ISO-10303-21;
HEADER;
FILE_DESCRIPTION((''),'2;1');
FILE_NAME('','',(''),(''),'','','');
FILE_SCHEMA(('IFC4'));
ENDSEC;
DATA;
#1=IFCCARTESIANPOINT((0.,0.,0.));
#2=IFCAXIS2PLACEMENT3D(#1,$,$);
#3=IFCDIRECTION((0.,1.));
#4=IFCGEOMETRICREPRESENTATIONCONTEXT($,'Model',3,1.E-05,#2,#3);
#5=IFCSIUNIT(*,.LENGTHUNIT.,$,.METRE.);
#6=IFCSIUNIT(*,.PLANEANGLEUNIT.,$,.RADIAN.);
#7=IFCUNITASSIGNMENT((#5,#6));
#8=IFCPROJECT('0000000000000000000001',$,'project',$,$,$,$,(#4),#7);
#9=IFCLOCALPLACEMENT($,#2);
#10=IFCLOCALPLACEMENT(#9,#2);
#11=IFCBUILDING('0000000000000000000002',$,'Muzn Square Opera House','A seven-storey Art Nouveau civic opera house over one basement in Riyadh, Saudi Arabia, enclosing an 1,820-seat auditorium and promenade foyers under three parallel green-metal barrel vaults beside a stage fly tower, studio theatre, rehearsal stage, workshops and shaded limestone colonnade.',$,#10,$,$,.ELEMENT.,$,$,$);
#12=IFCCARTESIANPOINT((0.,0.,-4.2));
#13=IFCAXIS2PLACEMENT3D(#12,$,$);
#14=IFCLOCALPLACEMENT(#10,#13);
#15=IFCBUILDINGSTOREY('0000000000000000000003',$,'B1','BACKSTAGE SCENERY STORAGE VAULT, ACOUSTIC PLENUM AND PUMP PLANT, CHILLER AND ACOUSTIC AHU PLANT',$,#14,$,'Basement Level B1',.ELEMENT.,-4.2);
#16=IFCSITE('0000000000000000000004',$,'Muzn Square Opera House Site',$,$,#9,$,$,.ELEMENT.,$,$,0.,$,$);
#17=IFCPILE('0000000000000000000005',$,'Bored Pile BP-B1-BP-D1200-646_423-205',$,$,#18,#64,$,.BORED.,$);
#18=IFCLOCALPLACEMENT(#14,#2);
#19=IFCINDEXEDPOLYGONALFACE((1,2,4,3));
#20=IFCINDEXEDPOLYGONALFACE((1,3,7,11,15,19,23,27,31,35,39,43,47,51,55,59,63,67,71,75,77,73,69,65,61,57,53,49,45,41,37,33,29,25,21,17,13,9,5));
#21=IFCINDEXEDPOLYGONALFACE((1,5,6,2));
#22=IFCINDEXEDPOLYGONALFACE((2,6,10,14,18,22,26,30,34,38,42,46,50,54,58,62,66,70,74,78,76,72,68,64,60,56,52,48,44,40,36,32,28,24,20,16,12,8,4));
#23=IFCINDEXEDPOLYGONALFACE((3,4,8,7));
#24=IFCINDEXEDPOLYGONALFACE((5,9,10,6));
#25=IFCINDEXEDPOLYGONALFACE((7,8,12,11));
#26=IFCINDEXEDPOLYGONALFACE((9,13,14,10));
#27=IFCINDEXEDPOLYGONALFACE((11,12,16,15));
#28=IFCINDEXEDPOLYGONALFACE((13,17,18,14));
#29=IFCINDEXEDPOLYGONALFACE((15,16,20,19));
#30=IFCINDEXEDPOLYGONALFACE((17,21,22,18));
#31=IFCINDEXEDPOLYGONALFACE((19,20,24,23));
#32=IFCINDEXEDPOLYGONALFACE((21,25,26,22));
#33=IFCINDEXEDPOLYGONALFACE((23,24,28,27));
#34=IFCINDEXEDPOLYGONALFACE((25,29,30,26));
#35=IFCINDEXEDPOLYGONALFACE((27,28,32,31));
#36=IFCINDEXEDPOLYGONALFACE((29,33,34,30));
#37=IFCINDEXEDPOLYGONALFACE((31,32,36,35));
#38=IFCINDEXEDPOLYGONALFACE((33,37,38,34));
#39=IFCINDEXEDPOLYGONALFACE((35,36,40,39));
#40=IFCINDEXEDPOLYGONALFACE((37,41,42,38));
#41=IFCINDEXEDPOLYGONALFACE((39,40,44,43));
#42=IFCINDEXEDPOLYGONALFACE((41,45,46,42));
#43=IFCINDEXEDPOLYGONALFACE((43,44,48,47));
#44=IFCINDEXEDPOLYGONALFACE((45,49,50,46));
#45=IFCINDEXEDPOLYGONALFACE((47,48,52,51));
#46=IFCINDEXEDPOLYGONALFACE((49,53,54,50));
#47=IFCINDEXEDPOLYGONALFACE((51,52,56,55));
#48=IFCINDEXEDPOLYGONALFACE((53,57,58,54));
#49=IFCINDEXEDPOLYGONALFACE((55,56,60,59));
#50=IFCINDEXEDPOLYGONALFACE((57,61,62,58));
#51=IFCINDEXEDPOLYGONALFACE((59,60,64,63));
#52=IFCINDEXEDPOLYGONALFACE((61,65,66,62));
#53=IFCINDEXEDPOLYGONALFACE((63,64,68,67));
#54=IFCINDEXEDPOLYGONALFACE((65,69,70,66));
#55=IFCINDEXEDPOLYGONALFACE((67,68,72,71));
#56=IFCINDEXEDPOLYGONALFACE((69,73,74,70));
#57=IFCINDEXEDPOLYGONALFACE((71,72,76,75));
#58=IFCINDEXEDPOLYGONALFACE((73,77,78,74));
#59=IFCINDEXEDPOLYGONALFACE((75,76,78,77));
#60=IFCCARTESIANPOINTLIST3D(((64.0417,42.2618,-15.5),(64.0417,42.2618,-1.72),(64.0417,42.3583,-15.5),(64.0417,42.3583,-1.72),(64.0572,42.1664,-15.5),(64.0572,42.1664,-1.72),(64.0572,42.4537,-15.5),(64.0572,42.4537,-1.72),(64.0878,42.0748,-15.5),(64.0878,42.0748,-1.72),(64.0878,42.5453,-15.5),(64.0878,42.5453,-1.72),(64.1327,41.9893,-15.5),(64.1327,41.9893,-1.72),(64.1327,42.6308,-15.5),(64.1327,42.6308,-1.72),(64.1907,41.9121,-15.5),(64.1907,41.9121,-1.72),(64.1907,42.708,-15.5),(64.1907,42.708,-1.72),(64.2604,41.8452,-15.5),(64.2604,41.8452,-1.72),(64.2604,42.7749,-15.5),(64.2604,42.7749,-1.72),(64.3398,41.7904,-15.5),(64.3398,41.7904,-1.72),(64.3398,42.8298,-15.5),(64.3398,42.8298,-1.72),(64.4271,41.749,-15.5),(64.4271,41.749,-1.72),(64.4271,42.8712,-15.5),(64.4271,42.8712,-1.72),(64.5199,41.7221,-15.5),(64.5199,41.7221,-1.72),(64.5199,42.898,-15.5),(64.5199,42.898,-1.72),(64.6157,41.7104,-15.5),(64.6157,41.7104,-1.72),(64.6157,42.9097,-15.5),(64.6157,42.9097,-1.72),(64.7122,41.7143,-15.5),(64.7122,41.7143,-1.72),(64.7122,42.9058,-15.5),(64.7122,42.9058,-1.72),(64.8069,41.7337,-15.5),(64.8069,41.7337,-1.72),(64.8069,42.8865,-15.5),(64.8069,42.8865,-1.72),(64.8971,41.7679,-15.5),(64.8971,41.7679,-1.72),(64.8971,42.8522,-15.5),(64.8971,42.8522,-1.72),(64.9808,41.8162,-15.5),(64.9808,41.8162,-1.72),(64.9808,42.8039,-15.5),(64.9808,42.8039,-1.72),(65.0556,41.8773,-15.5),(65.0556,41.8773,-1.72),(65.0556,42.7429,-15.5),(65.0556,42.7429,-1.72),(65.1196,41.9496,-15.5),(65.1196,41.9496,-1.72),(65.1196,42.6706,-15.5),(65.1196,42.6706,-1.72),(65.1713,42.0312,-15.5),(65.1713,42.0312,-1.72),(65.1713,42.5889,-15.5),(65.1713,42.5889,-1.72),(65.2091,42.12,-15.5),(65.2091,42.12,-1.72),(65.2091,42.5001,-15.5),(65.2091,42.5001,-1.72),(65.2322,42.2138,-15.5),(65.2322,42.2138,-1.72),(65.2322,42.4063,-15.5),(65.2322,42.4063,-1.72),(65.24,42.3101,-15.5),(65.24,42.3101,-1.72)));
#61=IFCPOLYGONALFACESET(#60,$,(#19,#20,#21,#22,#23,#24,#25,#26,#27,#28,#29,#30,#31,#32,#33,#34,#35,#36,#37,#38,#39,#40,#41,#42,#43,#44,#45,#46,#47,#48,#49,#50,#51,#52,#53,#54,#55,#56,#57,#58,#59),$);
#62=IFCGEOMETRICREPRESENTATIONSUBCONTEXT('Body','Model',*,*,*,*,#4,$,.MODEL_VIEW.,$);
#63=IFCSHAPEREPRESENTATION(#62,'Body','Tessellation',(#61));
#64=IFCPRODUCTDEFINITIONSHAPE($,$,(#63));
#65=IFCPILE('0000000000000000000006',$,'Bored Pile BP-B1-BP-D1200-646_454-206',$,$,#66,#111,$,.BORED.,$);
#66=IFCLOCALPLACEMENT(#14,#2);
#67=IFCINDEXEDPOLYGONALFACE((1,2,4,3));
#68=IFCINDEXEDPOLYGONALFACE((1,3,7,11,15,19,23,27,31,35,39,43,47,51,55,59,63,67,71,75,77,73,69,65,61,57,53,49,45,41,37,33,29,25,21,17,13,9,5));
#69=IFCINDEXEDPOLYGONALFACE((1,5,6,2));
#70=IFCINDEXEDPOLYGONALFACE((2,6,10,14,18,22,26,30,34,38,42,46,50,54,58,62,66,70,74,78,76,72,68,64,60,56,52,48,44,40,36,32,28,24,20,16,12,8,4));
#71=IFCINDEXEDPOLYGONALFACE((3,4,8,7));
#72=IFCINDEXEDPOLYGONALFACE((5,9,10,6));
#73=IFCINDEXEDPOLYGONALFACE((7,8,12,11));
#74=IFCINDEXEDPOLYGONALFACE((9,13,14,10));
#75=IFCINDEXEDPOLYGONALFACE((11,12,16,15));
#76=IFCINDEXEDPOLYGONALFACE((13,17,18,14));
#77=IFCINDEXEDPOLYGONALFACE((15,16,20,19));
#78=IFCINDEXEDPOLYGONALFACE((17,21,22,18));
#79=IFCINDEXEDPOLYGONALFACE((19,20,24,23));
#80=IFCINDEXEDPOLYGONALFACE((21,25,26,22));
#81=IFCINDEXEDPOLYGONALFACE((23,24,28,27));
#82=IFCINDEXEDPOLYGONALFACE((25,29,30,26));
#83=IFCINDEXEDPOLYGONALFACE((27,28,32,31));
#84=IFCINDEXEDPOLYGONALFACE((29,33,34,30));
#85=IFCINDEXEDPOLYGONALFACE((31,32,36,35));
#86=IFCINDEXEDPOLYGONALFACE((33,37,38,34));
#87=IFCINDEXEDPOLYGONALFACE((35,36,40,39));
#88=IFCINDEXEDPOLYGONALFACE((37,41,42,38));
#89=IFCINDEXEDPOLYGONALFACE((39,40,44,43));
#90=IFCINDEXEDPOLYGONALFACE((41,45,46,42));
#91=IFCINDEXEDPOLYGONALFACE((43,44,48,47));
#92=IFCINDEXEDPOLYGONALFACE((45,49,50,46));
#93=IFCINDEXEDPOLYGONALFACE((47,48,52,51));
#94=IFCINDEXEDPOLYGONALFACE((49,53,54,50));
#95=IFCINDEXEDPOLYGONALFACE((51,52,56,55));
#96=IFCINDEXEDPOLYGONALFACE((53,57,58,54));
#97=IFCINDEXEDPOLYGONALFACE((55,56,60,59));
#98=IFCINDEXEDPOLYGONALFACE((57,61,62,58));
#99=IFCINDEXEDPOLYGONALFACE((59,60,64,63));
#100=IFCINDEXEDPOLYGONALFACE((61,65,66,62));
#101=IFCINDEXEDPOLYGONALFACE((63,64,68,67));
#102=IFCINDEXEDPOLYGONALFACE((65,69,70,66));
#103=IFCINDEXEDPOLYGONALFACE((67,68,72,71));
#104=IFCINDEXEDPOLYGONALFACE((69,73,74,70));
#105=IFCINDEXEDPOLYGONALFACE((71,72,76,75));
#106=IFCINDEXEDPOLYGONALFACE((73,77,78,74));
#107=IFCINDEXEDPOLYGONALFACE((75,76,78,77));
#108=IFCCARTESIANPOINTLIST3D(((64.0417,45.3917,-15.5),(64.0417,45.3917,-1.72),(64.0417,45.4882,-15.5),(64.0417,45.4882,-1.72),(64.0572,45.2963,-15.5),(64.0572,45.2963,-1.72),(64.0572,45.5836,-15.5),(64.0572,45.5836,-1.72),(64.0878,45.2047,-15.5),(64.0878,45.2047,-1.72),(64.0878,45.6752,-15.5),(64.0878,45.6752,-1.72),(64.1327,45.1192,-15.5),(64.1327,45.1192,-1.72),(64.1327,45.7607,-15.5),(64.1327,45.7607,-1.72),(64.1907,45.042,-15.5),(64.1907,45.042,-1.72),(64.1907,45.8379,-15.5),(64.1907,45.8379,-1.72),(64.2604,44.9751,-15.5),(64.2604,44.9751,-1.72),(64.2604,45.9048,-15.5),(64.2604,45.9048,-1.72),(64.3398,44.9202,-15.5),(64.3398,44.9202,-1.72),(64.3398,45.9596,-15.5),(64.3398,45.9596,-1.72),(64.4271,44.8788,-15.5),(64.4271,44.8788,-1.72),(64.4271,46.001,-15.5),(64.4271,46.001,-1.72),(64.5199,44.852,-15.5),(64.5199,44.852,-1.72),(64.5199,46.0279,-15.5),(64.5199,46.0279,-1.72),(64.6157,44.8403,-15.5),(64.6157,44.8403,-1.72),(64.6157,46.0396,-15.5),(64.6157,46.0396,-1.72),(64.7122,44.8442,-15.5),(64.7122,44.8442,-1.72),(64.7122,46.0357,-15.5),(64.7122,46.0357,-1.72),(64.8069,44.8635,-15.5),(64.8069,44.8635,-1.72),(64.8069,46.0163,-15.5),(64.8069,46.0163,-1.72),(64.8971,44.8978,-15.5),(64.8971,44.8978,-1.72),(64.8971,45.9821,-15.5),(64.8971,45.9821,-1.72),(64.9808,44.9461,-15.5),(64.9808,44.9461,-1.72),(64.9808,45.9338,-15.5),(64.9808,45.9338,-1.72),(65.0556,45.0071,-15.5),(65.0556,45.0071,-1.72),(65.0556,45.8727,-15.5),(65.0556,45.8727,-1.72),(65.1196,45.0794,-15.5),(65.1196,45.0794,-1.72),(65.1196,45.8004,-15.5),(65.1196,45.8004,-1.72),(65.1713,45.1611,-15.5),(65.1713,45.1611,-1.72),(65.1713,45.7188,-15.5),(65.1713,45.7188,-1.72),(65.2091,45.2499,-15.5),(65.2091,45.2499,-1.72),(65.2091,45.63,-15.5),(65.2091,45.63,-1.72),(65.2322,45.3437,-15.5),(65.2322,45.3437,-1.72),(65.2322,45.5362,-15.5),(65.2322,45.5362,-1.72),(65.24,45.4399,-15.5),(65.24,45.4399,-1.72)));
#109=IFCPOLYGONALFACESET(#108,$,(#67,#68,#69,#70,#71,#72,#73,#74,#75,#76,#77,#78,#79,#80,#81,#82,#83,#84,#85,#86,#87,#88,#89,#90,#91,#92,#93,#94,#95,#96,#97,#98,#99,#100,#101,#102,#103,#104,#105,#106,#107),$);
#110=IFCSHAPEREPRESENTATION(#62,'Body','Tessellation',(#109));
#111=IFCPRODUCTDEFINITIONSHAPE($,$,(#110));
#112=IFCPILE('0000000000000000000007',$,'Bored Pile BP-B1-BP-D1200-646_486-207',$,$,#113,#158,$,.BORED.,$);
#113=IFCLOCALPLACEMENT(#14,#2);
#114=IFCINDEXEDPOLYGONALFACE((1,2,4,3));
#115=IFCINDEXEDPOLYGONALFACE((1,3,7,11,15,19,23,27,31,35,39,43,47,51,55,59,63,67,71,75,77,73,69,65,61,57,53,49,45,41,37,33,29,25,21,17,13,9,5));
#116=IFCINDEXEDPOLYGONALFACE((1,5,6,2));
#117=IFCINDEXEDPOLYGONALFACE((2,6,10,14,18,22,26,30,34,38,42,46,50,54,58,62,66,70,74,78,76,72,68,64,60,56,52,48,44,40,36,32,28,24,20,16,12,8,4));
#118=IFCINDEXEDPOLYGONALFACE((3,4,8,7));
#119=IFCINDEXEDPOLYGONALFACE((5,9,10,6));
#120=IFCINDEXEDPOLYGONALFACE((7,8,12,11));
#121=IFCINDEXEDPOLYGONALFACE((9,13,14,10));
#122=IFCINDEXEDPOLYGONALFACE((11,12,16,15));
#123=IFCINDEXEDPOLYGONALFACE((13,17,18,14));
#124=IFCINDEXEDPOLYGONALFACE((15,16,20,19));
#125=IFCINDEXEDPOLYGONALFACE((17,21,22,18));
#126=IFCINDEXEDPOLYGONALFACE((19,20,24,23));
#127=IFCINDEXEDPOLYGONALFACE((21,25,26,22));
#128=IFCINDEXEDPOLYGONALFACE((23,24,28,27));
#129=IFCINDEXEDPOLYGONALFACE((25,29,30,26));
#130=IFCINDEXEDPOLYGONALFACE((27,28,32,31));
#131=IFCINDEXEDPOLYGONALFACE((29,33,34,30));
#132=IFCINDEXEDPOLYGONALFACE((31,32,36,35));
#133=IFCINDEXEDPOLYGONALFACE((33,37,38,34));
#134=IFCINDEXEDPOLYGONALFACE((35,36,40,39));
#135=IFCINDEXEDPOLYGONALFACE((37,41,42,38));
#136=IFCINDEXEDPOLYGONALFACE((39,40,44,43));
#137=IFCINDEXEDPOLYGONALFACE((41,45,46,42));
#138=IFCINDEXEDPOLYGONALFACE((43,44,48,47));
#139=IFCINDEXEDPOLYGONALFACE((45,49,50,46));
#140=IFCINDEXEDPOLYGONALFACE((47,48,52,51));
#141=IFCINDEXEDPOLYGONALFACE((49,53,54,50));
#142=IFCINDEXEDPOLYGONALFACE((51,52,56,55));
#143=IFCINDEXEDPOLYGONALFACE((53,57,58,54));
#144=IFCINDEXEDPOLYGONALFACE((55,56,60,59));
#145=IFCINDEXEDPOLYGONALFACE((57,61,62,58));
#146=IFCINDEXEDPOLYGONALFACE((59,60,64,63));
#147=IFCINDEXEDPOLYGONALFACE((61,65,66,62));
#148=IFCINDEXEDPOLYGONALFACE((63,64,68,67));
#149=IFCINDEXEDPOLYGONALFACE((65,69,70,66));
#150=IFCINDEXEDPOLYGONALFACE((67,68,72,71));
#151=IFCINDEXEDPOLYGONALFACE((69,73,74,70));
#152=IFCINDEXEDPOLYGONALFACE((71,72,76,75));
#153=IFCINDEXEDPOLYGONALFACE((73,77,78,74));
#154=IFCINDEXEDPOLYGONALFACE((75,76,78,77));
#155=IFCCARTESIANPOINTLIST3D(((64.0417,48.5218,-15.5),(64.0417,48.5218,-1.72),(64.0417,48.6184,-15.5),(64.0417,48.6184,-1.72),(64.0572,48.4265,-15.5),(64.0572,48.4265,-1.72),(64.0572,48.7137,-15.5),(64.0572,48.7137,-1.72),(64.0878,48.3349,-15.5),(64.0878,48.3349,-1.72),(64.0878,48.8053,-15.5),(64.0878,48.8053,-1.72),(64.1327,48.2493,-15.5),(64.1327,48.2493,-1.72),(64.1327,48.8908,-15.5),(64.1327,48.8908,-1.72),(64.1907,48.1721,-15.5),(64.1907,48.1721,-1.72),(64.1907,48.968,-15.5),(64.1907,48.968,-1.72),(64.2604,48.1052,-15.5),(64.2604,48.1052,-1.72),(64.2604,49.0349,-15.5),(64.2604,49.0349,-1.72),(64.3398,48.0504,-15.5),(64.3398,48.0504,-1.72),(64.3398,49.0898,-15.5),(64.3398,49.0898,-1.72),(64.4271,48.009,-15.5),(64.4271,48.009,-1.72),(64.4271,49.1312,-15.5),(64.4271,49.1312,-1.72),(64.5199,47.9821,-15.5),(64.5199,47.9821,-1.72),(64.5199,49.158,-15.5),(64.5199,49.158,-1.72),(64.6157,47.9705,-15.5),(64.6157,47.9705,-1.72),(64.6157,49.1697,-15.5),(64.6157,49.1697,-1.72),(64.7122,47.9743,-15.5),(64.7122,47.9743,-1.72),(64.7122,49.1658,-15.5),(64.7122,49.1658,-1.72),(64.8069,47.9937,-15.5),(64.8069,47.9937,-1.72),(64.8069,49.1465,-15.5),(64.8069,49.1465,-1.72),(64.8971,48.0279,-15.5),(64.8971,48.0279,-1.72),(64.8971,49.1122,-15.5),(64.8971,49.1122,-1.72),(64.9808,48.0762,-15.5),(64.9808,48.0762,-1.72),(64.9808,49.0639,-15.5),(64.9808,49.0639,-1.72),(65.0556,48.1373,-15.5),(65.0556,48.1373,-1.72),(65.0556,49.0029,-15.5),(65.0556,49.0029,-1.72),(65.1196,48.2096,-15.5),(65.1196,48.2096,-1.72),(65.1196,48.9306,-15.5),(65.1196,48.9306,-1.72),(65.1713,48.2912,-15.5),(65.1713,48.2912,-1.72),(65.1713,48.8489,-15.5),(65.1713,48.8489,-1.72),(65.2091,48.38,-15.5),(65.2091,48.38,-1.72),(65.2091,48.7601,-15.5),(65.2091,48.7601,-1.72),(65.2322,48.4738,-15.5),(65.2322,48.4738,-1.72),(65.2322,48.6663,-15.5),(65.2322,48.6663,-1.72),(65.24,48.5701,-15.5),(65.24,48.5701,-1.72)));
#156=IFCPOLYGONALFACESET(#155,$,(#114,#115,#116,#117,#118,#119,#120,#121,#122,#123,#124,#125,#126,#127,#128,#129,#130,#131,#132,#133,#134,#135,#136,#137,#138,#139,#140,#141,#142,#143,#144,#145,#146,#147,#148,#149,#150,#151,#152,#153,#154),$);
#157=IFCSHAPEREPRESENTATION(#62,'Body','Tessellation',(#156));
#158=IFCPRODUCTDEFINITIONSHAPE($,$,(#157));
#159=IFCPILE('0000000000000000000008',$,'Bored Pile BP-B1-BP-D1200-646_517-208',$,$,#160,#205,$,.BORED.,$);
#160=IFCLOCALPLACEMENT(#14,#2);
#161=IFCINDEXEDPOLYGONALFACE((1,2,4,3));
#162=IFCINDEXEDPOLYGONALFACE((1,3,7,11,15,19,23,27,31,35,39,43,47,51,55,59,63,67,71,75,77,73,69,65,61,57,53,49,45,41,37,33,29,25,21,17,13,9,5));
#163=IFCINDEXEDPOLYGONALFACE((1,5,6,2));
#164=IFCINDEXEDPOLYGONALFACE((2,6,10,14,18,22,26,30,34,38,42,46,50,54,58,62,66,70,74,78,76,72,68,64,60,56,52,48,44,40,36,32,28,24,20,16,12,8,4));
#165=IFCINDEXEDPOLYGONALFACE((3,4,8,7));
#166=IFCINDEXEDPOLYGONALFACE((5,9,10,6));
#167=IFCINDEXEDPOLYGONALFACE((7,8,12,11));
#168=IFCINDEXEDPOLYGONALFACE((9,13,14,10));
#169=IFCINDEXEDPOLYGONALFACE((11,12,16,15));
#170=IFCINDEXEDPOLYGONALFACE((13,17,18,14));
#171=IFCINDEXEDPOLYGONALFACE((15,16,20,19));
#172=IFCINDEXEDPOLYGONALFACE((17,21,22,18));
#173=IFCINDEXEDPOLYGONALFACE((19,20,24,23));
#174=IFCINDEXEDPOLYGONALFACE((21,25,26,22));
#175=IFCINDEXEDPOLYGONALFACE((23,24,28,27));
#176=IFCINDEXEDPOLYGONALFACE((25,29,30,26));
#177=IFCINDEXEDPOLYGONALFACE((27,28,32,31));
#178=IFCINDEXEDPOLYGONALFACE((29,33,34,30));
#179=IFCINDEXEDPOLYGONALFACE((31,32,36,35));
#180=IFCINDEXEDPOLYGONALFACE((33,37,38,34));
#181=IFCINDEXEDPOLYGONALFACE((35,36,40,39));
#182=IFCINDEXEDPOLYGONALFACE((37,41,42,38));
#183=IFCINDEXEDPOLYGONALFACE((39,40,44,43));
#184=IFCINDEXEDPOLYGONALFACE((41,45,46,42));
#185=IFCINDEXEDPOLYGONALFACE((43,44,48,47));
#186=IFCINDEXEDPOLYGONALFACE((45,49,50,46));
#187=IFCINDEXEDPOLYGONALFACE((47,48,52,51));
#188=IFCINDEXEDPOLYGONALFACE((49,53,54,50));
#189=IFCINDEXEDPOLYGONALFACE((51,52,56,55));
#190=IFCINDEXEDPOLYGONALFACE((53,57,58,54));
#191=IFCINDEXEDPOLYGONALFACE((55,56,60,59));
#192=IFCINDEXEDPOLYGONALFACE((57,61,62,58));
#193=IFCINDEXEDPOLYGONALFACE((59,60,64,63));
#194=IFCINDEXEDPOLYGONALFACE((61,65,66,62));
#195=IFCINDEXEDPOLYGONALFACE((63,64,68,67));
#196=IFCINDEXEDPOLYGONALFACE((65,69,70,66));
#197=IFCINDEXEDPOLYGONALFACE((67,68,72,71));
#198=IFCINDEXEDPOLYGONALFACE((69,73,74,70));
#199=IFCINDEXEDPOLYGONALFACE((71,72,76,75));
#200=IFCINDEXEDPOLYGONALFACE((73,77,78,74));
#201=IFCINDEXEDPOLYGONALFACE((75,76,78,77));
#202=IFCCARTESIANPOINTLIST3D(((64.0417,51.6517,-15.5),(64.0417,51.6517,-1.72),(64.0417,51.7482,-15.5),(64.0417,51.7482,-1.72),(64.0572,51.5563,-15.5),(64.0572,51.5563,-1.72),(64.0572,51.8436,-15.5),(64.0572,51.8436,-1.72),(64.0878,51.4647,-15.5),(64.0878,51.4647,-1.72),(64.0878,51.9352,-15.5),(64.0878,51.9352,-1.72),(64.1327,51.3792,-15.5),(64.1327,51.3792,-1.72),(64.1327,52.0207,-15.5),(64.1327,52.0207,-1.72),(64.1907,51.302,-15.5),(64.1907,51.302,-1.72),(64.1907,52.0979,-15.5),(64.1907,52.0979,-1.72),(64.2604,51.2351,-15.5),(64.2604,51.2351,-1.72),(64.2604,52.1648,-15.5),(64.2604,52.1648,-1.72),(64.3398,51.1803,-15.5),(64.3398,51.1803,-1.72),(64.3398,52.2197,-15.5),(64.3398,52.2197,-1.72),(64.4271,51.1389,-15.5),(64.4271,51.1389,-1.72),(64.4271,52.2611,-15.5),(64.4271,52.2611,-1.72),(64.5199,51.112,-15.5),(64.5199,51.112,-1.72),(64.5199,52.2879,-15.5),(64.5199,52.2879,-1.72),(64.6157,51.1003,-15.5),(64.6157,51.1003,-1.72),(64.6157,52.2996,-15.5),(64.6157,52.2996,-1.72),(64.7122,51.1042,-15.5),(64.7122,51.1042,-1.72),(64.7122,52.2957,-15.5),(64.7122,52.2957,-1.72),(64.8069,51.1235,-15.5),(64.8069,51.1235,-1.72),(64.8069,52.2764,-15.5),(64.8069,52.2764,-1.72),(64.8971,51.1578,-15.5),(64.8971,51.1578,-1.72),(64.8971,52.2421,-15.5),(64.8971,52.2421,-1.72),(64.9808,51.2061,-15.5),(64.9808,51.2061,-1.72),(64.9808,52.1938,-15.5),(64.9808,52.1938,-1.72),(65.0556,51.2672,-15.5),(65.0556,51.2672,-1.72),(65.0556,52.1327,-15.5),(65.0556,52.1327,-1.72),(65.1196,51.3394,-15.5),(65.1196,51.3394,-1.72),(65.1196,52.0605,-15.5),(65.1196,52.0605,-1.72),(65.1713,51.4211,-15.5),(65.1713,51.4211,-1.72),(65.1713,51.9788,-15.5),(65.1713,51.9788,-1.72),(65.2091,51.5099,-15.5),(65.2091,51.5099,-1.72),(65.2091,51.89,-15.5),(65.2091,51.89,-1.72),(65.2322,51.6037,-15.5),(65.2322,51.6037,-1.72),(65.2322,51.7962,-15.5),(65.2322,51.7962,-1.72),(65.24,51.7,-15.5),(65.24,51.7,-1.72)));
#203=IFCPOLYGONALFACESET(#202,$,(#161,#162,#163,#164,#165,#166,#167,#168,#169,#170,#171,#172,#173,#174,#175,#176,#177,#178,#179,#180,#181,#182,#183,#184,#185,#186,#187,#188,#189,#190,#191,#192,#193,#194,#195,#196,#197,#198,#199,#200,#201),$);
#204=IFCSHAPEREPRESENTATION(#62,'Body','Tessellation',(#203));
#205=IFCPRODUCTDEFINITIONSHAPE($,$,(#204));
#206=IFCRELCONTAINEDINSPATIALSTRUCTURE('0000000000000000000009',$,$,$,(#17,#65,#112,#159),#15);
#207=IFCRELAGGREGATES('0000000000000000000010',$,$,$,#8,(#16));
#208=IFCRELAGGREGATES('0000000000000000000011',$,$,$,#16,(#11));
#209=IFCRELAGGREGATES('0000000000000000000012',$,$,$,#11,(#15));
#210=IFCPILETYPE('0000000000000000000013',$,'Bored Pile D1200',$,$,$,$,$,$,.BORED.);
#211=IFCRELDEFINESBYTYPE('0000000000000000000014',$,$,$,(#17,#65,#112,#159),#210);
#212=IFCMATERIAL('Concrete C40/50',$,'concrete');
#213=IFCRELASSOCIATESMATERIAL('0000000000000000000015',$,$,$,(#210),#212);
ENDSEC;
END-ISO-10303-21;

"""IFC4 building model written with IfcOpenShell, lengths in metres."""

from ifc_helpers import new_model, si_unit, direction, frame, origin, origin_2d, place, context, subcontext, project, spatial, circle, extrude, material, material_profile, profile_set, type_object, element, save


model = new_model("IFC4")

# Units and contexts
model_context = context("Model", 3, precision=1e-05, world=origin(), true_north=direction((0.0, 1.0)))
body_context = subcontext(model_context, "Body", "Model", "MODEL_VIEW")
ifc_project = project(units=[si_unit("LENGTHUNIT", "METRE"), si_unit("PLANEANGLEUNIT", "RADIAN")], contexts=[model_context])

# Site, building, storey
site_placement = place(None, origin())
site = spatial("IfcSite", under=ifc_project, at=site_placement, Name="Muzn Square Opera House Site", CompositionType="ELEMENT", RefElevation=0.0)
building_placement = place(site_placement, origin())
building = spatial("IfcBuilding", under=site, at=building_placement, Name="Muzn Square Opera House", Description="A seven-storey Art Nouveau civic opera house over one basement in Riyadh, Saudi Arabia, enclosing an 1,820-seat auditorium and promenade foyers under three parallel green-metal barrel vaults beside a stage fly tower, studio theatre, rehearsal stage, workshops and shaded limestone colonnade.", CompositionType="ELEMENT")
storey_placement = place(building_placement, frame((0.0, 0.0, -4.2)))
storey = spatial("IfcBuildingStorey", under=building, at=storey_placement, Name="B1", Description="BACKSTAGE SCENERY STORAGE VAULT, ACOUSTIC PLENUM AND PUMP PLANT, CHILLER AND ACOUSTIC AHU PLANT", LongName="Basement Level B1", CompositionType="ELEMENT", Elevation=-4.2)

# Piles
ifc_material_1 = material(Name="Concrete C40/50", Category="concrete")
ifc_material_profile = material_profile(ifc_material_1, circle(Radius=0.6001, at=origin_2d()), Name="BORED PILE D1200", Category="concrete")
ifc_profile_set = profile_set([ifc_material_profile], Name="Concrete C40/50")
pile_type = type_object("IfcPileType", Name="Bored Pile D1200", PredefinedType="BORED", material=ifc_profile_set)
for number, where, z_axis, x_axis, name in (
    (1, (64.6399, 42.3101, -1.72), (0.0, 0.0, -1.0), (1.0, 0.0, 0.0), "Bored Pile BP-B1-BP-D1200-646_423-205"),
    (2, (64.6399, 45.4399, -1.72), (0.0, 0.0, -1.0), (1.0, 0.0, 0.0), "Bored Pile BP-B1-BP-D1200-646_454-206"),
    (3, (64.6399, 48.5701, -1.72), (0.0, 0.0, -1.0), (1.0, 0.0, 0.0), "Bored Pile BP-B1-BP-D1200-646_486-207"),
    (4, (64.6399, 51.7, -1.72), (0.0, 0.0, -1.0), (1.0, 0.0, 0.0), "Bored Pile BP-B1-BP-D1200-646_517-208"),
):
    element("IfcPile", number, at=place(storey_placement, frame(where, z_axis=z_axis, x_axis=x_axis)), inside=storey, type_object=pile_type, Name=name, PredefinedType="BORED", context=body_context, shape_type="SweptSolid", body=[
        extrude(circle(Radius=0.6001, at=origin_2d()), origin(), (0.0, 0.0, 1.0), 13.78),
    ])

save(model, "model.ifc")
